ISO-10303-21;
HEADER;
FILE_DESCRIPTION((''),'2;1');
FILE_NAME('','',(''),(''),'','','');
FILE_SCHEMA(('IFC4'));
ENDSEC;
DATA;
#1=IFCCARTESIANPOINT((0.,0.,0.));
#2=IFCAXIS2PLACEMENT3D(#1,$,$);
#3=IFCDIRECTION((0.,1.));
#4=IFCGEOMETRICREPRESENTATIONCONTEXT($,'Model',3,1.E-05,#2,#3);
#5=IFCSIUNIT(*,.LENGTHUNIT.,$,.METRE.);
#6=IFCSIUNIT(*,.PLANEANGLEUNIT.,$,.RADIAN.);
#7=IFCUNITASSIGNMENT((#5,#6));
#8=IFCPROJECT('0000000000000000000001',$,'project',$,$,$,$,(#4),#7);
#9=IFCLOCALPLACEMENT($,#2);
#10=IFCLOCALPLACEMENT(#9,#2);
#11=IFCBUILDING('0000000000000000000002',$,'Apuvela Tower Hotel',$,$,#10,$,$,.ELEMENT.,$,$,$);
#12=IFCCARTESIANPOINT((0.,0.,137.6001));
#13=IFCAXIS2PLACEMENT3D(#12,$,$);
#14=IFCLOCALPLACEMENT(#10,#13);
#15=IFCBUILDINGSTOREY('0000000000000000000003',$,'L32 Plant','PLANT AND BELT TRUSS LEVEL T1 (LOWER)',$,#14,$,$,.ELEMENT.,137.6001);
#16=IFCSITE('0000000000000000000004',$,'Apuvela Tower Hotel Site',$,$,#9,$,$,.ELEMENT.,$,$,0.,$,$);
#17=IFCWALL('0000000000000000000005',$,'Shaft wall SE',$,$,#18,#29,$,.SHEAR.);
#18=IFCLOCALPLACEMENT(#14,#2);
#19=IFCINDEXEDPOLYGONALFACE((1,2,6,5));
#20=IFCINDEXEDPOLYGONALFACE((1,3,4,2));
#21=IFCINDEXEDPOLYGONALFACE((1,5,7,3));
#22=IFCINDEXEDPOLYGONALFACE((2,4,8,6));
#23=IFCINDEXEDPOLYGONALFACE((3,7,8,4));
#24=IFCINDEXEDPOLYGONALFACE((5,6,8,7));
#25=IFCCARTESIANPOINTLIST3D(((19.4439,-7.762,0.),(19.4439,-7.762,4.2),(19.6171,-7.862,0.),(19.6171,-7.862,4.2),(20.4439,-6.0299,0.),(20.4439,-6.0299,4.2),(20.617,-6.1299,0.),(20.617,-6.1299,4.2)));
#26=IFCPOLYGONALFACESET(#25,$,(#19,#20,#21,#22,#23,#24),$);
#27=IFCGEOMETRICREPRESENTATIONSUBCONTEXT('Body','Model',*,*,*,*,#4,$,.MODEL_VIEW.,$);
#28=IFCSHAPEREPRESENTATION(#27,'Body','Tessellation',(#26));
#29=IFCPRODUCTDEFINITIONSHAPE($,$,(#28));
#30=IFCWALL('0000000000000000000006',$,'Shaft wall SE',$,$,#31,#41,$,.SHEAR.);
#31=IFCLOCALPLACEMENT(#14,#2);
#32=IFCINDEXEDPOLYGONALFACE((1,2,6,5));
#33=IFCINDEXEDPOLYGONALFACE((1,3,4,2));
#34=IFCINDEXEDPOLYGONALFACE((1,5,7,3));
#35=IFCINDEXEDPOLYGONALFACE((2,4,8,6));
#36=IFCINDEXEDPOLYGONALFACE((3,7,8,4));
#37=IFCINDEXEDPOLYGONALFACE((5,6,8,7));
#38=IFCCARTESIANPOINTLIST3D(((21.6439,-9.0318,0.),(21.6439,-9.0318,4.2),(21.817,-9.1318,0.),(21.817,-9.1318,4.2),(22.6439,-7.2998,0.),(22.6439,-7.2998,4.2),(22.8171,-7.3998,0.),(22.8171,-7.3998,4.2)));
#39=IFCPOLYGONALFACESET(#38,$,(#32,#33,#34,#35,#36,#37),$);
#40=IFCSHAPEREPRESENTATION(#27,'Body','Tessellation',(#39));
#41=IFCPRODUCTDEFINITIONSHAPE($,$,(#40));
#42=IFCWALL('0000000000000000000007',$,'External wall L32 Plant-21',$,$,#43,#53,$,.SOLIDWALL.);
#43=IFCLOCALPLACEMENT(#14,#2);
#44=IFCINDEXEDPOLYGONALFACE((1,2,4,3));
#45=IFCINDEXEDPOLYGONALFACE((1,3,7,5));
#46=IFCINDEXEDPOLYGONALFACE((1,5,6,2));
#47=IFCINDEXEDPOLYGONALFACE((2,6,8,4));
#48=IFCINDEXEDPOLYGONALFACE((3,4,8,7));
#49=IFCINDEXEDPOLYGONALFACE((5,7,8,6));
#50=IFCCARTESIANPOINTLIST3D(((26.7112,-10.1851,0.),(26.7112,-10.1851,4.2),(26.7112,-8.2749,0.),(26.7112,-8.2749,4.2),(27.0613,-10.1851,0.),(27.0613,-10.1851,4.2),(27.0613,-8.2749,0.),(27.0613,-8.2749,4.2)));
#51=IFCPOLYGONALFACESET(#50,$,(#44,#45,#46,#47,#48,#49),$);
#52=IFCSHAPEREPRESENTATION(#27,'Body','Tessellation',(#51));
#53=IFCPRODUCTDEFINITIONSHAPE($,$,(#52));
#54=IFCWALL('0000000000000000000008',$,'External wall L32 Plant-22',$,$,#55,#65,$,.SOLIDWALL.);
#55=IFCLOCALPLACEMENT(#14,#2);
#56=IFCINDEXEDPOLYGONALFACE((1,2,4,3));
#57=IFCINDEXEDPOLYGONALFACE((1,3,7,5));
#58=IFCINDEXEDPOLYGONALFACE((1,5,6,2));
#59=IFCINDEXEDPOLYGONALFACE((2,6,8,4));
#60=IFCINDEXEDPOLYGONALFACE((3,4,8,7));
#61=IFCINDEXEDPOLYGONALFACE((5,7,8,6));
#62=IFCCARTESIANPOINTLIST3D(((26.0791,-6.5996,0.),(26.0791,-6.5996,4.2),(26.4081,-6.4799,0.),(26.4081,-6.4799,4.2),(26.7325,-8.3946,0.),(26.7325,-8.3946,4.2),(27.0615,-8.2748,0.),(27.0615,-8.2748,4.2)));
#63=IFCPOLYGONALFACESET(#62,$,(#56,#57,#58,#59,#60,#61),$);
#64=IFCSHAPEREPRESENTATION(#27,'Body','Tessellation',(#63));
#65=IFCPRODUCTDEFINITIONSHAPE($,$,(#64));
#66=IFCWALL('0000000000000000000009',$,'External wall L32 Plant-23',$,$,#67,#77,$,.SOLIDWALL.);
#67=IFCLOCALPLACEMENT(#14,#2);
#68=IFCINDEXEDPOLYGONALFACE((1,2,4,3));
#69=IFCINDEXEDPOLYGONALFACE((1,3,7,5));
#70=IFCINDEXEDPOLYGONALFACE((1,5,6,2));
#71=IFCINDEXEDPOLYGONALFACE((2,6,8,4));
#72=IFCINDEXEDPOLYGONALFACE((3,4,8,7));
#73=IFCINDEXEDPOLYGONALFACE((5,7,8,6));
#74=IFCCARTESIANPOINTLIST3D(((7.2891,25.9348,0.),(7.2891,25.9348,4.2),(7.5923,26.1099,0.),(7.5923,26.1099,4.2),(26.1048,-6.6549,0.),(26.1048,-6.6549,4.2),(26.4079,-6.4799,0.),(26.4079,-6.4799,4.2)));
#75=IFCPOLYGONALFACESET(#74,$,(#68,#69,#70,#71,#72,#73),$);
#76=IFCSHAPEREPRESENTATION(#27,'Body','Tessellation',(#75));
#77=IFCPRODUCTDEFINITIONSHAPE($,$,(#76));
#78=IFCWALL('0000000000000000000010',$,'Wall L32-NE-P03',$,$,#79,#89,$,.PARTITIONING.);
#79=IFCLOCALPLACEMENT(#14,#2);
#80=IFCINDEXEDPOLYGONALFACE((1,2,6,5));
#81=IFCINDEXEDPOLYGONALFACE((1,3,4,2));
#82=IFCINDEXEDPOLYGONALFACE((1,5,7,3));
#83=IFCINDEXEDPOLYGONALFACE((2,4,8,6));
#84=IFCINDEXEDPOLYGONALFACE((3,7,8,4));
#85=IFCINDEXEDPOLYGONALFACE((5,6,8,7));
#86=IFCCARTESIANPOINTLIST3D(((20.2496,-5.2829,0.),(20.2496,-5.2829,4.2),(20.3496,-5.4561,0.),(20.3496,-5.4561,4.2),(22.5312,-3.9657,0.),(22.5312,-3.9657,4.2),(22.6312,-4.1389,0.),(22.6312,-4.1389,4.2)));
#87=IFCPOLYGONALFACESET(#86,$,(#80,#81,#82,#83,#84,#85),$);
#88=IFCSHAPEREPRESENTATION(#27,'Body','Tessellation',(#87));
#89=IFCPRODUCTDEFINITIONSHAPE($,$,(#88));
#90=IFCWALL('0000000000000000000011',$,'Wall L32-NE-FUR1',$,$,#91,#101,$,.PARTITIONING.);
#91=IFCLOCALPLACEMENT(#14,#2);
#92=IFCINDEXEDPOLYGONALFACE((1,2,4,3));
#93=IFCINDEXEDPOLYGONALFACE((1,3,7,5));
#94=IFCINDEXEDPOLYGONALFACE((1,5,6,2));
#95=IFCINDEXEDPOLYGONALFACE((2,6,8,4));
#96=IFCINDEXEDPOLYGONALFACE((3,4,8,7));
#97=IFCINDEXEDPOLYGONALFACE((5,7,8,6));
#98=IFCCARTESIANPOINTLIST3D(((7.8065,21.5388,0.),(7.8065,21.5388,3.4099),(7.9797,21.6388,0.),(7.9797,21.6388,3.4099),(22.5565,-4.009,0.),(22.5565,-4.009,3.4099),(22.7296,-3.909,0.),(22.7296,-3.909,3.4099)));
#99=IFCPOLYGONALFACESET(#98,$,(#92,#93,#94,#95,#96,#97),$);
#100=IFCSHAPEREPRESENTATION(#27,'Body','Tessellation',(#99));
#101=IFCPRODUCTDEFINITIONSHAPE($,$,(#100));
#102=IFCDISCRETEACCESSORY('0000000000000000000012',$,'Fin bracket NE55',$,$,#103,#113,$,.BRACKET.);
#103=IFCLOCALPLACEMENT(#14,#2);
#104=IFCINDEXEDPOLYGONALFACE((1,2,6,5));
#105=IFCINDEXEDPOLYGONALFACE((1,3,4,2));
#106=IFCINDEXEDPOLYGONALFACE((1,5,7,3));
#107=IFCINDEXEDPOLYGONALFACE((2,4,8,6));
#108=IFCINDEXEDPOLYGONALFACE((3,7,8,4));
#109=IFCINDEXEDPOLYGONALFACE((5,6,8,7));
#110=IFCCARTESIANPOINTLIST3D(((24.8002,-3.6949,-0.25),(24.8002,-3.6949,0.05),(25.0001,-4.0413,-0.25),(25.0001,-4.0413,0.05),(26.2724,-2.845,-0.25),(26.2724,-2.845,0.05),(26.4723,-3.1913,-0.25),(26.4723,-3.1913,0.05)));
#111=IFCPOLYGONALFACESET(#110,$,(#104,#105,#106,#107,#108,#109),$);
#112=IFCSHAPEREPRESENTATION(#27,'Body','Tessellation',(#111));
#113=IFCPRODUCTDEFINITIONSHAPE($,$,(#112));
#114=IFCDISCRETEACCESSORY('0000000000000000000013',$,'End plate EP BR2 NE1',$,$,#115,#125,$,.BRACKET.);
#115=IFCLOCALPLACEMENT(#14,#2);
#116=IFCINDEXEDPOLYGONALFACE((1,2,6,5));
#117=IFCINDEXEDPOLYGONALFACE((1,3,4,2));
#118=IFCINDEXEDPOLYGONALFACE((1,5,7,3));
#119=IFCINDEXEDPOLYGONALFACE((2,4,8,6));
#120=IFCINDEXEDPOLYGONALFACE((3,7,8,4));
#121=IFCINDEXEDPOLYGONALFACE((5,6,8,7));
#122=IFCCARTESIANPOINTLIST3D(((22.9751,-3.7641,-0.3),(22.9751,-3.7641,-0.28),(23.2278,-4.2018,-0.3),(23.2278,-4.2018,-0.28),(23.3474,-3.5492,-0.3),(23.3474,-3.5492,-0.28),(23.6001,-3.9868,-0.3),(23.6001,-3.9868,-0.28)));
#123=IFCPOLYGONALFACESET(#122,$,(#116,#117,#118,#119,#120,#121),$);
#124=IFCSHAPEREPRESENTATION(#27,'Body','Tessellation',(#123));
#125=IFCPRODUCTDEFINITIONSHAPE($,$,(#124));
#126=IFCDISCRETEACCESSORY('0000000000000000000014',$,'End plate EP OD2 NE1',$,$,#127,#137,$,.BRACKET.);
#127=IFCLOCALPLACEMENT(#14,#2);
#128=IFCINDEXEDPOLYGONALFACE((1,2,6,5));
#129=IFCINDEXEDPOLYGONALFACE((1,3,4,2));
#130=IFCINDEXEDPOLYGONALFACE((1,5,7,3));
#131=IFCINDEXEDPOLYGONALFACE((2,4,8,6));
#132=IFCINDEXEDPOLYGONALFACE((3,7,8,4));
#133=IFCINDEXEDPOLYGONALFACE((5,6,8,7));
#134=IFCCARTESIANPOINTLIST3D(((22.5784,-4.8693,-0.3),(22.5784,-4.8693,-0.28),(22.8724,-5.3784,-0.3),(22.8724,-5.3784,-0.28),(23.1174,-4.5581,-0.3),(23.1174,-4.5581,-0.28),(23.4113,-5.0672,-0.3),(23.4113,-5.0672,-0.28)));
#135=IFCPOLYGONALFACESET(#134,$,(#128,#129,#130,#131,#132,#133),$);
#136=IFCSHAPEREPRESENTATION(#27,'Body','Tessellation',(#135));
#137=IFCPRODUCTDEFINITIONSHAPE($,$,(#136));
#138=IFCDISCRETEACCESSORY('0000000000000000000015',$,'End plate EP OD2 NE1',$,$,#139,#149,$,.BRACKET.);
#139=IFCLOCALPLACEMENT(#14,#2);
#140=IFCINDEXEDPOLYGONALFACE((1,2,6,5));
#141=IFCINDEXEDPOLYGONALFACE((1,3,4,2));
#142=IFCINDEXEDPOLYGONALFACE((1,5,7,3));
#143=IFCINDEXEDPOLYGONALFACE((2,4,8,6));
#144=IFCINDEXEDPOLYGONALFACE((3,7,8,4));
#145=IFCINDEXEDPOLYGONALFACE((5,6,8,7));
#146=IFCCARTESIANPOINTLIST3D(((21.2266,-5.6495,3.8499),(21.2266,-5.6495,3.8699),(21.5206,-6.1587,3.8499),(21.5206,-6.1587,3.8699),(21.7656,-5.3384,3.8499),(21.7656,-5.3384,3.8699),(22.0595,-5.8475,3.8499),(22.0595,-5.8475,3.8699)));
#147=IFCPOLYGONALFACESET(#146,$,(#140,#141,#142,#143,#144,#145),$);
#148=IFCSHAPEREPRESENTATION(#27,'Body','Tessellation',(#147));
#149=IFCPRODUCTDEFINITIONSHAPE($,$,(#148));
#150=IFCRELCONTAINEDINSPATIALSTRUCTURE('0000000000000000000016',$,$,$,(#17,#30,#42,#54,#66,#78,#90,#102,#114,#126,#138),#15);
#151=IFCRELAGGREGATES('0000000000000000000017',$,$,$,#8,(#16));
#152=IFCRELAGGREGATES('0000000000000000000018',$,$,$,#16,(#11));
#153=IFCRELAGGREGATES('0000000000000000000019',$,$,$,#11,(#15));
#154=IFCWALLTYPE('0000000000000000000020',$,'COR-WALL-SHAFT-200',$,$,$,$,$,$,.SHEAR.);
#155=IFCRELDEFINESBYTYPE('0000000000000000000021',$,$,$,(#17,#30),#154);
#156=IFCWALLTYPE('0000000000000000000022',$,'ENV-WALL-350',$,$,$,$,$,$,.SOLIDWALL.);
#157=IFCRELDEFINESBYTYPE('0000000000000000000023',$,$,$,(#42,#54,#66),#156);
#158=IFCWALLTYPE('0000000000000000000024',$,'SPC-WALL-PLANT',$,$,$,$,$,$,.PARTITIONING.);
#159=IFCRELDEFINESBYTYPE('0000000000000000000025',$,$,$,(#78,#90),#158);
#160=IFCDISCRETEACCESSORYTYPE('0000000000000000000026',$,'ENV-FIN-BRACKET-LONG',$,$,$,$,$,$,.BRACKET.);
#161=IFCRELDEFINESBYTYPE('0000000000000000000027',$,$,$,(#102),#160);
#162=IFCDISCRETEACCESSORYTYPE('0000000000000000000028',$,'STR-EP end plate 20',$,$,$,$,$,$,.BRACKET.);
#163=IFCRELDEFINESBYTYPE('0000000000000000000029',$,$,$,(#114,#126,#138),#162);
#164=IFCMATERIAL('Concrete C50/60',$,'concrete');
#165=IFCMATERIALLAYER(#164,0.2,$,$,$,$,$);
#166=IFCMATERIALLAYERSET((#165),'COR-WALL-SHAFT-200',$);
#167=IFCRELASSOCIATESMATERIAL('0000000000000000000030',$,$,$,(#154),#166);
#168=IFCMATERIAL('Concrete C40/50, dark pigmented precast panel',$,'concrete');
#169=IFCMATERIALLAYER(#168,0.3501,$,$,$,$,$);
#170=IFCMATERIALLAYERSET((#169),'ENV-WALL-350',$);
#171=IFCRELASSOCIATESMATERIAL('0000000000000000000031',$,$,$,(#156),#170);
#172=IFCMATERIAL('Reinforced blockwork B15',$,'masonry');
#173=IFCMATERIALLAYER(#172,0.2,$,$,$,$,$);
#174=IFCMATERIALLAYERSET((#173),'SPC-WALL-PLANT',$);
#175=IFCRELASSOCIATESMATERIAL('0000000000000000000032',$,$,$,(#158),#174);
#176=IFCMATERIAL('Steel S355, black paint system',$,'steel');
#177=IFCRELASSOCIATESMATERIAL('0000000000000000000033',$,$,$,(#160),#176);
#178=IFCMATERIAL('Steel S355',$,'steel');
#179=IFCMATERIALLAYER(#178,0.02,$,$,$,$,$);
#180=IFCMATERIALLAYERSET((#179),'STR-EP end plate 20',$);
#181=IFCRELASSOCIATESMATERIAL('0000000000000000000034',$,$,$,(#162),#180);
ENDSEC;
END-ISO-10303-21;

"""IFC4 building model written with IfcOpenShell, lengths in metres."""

from ifc_helpers import new_model, si_unit, direction, frame, frame_2d, origin, origin_2d, place, context, subcontext, project, spatial, rectangle, extrude, material, layer, layer_set, type_object, element, save


model = new_model("IFC4")

# Units and contexts
model_context = context("Model", 3, precision=1e-05, world=origin(), true_north=direction((0.0, 1.0)))
body_context = subcontext(model_context, "Body", "Model", "MODEL_VIEW")
ifc_project = project(units=[si_unit("LENGTHUNIT", "METRE"), si_unit("PLANEANGLEUNIT", "RADIAN")], contexts=[model_context])

# Site, building, storey
site_placement = place(None, origin())
site = spatial("IfcSite", under=ifc_project, at=site_placement, Name="Apuvela Tower Hotel Site", CompositionType="ELEMENT", RefElevation=0.0)
building_placement = place(site_placement, origin())
building = spatial("IfcBuilding", under=site, at=building_placement, Name="Apuvela Tower Hotel", CompositionType="ELEMENT")
storey_placement = place(building_placement, frame((0.0, 0.0, 137.6001)))
storey = spatial("IfcBuildingStorey", under=building, at=storey_placement, Name="L32 Plant", Description="PLANT AND BELT TRUSS LEVEL T1 (LOWER)", CompositionType="ELEMENT", Elevation=137.6001)

# Shared definitions
ifc_material_1 = material(Name="Steel S355", Category="steel")

# Walls
ifc_material_2 = material(Name="Concrete C50/60", Category="concrete")
ifc_layer_1 = layer(ifc_material_2, 0.2)
ifc_layer_set_1 = layer_set([ifc_layer_1], Name="COR-WALL-SHAFT-200")
wall_type_1 = type_object("IfcWallType", Name="COR-WALL-SHAFT-200", PredefinedType="SHEAR", material=ifc_layer_set_1)
for number, where, z_axis, x_axis, name in (
    (1, (19.5305, -7.812, 0.0), (0.0, 0.0, 1.0), (0.499973, 0.866041, 0.0), "Shaft wall SE"),
    (2, (21.7305, -9.0818, 0.0), (0.0, 0.0, 1.0), (0.500025, 0.866011, 0.0), "Shaft wall SE"),
):
    element("IfcWall", number, at=place(storey_placement, frame(where, z_axis=z_axis, x_axis=x_axis)), inside=storey, type_object=wall_type_1, Name=name, PredefinedType="SHEAR", context=body_context, shape_type="SweptSolid", body=[
        extrude(rectangle(XDim=2.0, YDim=0.2, at=frame_2d((1.0, 0.0))), origin(), (0.0, 0.0, 1.0), 4.2),
    ])
ifc_material_3 = material(Name="Concrete C40/50, dark pigmented precast panel", Category="concrete")
ifc_layer_2 = layer(ifc_material_3, 0.3501)
ifc_layer_set_2 = layer_set([ifc_layer_2], Name="ENV-WALL-350")
wall_type_2 = type_object("IfcWallType", Name="ENV-WALL-350", PredefinedType="SOLIDWALL", material=ifc_layer_set_2)
for number, where, z_axis, x_axis, name in (
    (3, (26.8862, -10.1851, 0.0), (0.0, 0.0, 1.0), (0.0, 1.0, 0.0), "External wall L32 Plant-21"),
    (4, (26.897, -8.3347, 0.0), (0.0, 0.0, 1.0), (-0.34203, 0.939689, 0.0), "External wall L32 Plant-22"),
):
    element("IfcWall", number, at=place(storey_placement, frame(where, z_axis=z_axis, x_axis=x_axis)), inside=storey, type_object=wall_type_2, Name=name, PredefinedType="SOLIDWALL", context=body_context, shape_type="SweptSolid", body=[
        extrude(rectangle(XDim=1.9102, YDim=0.3501, at=frame_2d((0.9551, 0.0))), origin(), (0.0, 0.0, 1.0), 4.2),
    ])
wall_1_placement = place(storey_placement, frame((26.2563, -6.5674, 0.0), z_axis=(0.0, 0.0, 1.0), x_axis=(-0.499998, 0.866026, 0.0)))
element("IfcWall", 5, at=wall_1_placement, inside=storey, type_object=wall_type_2, Name="External wall L32 Plant-23", PredefinedType="SOLIDWALL", context=body_context, shape_type="SweptSolid", body=[
    extrude(rectangle(XDim=37.6313, YDim=0.3501, at=frame_2d((18.8157, 0.0))), origin(), (0.0, 0.0, 1.0), 4.2),
])
ifc_material_4 = material(Name="Reinforced blockwork B15", Category="masonry")
ifc_layer_3 = layer(ifc_material_4, 0.2)
ifc_layer_set_3 = layer_set([ifc_layer_3], Name="SPC-WALL-PLANT")
wall_type_3 = type_object("IfcWallType", Name="SPC-WALL-PLANT", PredefinedType="PARTITIONING", material=ifc_layer_set_3)
wall_2_placement = place(storey_placement, frame((22.5813, -4.0522, 0.0), z_axis=(0.0, 0.0, 1.0), x_axis=(-0.866039, -0.499976, 0.0)))
element("IfcWall", 6, at=wall_2_placement, inside=storey, type_object=wall_type_3, Name="Wall L32-NE-P03", PredefinedType="PARTITIONING", context=body_context, shape_type="SweptSolid", body=[
    extrude(rectangle(XDim=2.6345, YDim=0.2, at=frame_2d((1.3174, 0.0))), origin(), (0.0, 0.0, 1.0), 4.2),
])
wall_3_placement = place(storey_placement, frame((22.6431, -3.959, 0.0), z_axis=(0.0, 0.0, 1.0), x_axis=(-0.499999, 0.866026, 0.0)))
element("IfcWall", 7, at=wall_3_placement, inside=storey, type_object=wall_type_3, Name="Wall L32-NE-FUR1", PredefinedType="PARTITIONING", context=body_context, shape_type="SweptSolid", body=[
    extrude(rectangle(XDim=29.5, YDim=0.2, at=frame_2d((14.75, 0.0))), origin(), (0.0, 0.0, 1.0), 3.4099),
])

# Discrete accessories
ifc_material_5 = material(Name="Steel S355, black paint system", Category="steel")
discrete_accessory_type_1 = type_object("IfcDiscreteAccessoryType", Name="ENV-FIN-BRACKET-LONG", PredefinedType="BRACKET", material=ifc_material_5)
discrete_accessory_1_placement = place(storey_placement, frame((25.6362, -3.4431, -0.25), z_axis=(0.0, 0.0, 1.0), x_axis=(-0.5, 0.866025, 0.0)))
element("IfcDiscreteAccessory", 8, at=discrete_accessory_1_placement, inside=storey, type_object=discrete_accessory_type_1, Name="Fin bracket NE55", PredefinedType="BRACKET", context=body_context, shape_type="SweptSolid", body=[
    extrude(rectangle(XDim=0.3999, YDim=1.7, at=origin_2d()), origin(), (0.0, 0.0, 1.0), 0.3),
])
ifc_layer_4 = layer(ifc_material_1, 0.02)
ifc_layer_set_4 = layer_set([ifc_layer_4], Name="STR-EP end plate 20")
discrete_accessory_type_2 = type_object("IfcDiscreteAccessoryType", Name="STR-EP end plate 20", PredefinedType="BRACKET", material=ifc_layer_set_4)
discrete_accessory_2_placement = place(storey_placement, frame((23.2876, -3.8755, -0.3), z_axis=(0.0, 0.0, 1.0), x_axis=(-0.5, 0.866025, 0.0)))
element("IfcDiscreteAccessory", 9, at=discrete_accessory_2_placement, inside=storey, type_object=discrete_accessory_type_2, Name="End plate EP BR2 NE1", PredefinedType="BRACKET", context=body_context, shape_type="SweptSolid", body=[
    extrude(rectangle(XDim=0.5054, YDim=0.4299, at=origin_2d()), origin(), (0.0, 0.0, 1.0), 0.02),
])
for number, where, z_axis, x_axis, name in (
    (10, (22.9949, -4.9683, -0.3), (0.0, 0.0, 1.0), (-0.866025, -0.5, 0.0), "End plate EP OD2 NE1"),
    (11, (21.6431, -5.7485, 3.8499), (0.0, 0.0, 1.0), (-0.866025, -0.5, 0.0), "End plate EP OD2 NE1"),
):
    element("IfcDiscreteAccessory", number, at=place(storey_placement, frame(where, z_axis=z_axis, x_axis=x_axis)), inside=storey, type_object=discrete_accessory_type_2, Name=name, PredefinedType="BRACKET", context=body_context, shape_type="SweptSolid", body=[
        extrude(rectangle(XDim=0.6223, YDim=0.5879, at=origin_2d()), origin(), (0.0, 0.0, 1.0), 0.02),
    ])

save(model, "model.ifc")
